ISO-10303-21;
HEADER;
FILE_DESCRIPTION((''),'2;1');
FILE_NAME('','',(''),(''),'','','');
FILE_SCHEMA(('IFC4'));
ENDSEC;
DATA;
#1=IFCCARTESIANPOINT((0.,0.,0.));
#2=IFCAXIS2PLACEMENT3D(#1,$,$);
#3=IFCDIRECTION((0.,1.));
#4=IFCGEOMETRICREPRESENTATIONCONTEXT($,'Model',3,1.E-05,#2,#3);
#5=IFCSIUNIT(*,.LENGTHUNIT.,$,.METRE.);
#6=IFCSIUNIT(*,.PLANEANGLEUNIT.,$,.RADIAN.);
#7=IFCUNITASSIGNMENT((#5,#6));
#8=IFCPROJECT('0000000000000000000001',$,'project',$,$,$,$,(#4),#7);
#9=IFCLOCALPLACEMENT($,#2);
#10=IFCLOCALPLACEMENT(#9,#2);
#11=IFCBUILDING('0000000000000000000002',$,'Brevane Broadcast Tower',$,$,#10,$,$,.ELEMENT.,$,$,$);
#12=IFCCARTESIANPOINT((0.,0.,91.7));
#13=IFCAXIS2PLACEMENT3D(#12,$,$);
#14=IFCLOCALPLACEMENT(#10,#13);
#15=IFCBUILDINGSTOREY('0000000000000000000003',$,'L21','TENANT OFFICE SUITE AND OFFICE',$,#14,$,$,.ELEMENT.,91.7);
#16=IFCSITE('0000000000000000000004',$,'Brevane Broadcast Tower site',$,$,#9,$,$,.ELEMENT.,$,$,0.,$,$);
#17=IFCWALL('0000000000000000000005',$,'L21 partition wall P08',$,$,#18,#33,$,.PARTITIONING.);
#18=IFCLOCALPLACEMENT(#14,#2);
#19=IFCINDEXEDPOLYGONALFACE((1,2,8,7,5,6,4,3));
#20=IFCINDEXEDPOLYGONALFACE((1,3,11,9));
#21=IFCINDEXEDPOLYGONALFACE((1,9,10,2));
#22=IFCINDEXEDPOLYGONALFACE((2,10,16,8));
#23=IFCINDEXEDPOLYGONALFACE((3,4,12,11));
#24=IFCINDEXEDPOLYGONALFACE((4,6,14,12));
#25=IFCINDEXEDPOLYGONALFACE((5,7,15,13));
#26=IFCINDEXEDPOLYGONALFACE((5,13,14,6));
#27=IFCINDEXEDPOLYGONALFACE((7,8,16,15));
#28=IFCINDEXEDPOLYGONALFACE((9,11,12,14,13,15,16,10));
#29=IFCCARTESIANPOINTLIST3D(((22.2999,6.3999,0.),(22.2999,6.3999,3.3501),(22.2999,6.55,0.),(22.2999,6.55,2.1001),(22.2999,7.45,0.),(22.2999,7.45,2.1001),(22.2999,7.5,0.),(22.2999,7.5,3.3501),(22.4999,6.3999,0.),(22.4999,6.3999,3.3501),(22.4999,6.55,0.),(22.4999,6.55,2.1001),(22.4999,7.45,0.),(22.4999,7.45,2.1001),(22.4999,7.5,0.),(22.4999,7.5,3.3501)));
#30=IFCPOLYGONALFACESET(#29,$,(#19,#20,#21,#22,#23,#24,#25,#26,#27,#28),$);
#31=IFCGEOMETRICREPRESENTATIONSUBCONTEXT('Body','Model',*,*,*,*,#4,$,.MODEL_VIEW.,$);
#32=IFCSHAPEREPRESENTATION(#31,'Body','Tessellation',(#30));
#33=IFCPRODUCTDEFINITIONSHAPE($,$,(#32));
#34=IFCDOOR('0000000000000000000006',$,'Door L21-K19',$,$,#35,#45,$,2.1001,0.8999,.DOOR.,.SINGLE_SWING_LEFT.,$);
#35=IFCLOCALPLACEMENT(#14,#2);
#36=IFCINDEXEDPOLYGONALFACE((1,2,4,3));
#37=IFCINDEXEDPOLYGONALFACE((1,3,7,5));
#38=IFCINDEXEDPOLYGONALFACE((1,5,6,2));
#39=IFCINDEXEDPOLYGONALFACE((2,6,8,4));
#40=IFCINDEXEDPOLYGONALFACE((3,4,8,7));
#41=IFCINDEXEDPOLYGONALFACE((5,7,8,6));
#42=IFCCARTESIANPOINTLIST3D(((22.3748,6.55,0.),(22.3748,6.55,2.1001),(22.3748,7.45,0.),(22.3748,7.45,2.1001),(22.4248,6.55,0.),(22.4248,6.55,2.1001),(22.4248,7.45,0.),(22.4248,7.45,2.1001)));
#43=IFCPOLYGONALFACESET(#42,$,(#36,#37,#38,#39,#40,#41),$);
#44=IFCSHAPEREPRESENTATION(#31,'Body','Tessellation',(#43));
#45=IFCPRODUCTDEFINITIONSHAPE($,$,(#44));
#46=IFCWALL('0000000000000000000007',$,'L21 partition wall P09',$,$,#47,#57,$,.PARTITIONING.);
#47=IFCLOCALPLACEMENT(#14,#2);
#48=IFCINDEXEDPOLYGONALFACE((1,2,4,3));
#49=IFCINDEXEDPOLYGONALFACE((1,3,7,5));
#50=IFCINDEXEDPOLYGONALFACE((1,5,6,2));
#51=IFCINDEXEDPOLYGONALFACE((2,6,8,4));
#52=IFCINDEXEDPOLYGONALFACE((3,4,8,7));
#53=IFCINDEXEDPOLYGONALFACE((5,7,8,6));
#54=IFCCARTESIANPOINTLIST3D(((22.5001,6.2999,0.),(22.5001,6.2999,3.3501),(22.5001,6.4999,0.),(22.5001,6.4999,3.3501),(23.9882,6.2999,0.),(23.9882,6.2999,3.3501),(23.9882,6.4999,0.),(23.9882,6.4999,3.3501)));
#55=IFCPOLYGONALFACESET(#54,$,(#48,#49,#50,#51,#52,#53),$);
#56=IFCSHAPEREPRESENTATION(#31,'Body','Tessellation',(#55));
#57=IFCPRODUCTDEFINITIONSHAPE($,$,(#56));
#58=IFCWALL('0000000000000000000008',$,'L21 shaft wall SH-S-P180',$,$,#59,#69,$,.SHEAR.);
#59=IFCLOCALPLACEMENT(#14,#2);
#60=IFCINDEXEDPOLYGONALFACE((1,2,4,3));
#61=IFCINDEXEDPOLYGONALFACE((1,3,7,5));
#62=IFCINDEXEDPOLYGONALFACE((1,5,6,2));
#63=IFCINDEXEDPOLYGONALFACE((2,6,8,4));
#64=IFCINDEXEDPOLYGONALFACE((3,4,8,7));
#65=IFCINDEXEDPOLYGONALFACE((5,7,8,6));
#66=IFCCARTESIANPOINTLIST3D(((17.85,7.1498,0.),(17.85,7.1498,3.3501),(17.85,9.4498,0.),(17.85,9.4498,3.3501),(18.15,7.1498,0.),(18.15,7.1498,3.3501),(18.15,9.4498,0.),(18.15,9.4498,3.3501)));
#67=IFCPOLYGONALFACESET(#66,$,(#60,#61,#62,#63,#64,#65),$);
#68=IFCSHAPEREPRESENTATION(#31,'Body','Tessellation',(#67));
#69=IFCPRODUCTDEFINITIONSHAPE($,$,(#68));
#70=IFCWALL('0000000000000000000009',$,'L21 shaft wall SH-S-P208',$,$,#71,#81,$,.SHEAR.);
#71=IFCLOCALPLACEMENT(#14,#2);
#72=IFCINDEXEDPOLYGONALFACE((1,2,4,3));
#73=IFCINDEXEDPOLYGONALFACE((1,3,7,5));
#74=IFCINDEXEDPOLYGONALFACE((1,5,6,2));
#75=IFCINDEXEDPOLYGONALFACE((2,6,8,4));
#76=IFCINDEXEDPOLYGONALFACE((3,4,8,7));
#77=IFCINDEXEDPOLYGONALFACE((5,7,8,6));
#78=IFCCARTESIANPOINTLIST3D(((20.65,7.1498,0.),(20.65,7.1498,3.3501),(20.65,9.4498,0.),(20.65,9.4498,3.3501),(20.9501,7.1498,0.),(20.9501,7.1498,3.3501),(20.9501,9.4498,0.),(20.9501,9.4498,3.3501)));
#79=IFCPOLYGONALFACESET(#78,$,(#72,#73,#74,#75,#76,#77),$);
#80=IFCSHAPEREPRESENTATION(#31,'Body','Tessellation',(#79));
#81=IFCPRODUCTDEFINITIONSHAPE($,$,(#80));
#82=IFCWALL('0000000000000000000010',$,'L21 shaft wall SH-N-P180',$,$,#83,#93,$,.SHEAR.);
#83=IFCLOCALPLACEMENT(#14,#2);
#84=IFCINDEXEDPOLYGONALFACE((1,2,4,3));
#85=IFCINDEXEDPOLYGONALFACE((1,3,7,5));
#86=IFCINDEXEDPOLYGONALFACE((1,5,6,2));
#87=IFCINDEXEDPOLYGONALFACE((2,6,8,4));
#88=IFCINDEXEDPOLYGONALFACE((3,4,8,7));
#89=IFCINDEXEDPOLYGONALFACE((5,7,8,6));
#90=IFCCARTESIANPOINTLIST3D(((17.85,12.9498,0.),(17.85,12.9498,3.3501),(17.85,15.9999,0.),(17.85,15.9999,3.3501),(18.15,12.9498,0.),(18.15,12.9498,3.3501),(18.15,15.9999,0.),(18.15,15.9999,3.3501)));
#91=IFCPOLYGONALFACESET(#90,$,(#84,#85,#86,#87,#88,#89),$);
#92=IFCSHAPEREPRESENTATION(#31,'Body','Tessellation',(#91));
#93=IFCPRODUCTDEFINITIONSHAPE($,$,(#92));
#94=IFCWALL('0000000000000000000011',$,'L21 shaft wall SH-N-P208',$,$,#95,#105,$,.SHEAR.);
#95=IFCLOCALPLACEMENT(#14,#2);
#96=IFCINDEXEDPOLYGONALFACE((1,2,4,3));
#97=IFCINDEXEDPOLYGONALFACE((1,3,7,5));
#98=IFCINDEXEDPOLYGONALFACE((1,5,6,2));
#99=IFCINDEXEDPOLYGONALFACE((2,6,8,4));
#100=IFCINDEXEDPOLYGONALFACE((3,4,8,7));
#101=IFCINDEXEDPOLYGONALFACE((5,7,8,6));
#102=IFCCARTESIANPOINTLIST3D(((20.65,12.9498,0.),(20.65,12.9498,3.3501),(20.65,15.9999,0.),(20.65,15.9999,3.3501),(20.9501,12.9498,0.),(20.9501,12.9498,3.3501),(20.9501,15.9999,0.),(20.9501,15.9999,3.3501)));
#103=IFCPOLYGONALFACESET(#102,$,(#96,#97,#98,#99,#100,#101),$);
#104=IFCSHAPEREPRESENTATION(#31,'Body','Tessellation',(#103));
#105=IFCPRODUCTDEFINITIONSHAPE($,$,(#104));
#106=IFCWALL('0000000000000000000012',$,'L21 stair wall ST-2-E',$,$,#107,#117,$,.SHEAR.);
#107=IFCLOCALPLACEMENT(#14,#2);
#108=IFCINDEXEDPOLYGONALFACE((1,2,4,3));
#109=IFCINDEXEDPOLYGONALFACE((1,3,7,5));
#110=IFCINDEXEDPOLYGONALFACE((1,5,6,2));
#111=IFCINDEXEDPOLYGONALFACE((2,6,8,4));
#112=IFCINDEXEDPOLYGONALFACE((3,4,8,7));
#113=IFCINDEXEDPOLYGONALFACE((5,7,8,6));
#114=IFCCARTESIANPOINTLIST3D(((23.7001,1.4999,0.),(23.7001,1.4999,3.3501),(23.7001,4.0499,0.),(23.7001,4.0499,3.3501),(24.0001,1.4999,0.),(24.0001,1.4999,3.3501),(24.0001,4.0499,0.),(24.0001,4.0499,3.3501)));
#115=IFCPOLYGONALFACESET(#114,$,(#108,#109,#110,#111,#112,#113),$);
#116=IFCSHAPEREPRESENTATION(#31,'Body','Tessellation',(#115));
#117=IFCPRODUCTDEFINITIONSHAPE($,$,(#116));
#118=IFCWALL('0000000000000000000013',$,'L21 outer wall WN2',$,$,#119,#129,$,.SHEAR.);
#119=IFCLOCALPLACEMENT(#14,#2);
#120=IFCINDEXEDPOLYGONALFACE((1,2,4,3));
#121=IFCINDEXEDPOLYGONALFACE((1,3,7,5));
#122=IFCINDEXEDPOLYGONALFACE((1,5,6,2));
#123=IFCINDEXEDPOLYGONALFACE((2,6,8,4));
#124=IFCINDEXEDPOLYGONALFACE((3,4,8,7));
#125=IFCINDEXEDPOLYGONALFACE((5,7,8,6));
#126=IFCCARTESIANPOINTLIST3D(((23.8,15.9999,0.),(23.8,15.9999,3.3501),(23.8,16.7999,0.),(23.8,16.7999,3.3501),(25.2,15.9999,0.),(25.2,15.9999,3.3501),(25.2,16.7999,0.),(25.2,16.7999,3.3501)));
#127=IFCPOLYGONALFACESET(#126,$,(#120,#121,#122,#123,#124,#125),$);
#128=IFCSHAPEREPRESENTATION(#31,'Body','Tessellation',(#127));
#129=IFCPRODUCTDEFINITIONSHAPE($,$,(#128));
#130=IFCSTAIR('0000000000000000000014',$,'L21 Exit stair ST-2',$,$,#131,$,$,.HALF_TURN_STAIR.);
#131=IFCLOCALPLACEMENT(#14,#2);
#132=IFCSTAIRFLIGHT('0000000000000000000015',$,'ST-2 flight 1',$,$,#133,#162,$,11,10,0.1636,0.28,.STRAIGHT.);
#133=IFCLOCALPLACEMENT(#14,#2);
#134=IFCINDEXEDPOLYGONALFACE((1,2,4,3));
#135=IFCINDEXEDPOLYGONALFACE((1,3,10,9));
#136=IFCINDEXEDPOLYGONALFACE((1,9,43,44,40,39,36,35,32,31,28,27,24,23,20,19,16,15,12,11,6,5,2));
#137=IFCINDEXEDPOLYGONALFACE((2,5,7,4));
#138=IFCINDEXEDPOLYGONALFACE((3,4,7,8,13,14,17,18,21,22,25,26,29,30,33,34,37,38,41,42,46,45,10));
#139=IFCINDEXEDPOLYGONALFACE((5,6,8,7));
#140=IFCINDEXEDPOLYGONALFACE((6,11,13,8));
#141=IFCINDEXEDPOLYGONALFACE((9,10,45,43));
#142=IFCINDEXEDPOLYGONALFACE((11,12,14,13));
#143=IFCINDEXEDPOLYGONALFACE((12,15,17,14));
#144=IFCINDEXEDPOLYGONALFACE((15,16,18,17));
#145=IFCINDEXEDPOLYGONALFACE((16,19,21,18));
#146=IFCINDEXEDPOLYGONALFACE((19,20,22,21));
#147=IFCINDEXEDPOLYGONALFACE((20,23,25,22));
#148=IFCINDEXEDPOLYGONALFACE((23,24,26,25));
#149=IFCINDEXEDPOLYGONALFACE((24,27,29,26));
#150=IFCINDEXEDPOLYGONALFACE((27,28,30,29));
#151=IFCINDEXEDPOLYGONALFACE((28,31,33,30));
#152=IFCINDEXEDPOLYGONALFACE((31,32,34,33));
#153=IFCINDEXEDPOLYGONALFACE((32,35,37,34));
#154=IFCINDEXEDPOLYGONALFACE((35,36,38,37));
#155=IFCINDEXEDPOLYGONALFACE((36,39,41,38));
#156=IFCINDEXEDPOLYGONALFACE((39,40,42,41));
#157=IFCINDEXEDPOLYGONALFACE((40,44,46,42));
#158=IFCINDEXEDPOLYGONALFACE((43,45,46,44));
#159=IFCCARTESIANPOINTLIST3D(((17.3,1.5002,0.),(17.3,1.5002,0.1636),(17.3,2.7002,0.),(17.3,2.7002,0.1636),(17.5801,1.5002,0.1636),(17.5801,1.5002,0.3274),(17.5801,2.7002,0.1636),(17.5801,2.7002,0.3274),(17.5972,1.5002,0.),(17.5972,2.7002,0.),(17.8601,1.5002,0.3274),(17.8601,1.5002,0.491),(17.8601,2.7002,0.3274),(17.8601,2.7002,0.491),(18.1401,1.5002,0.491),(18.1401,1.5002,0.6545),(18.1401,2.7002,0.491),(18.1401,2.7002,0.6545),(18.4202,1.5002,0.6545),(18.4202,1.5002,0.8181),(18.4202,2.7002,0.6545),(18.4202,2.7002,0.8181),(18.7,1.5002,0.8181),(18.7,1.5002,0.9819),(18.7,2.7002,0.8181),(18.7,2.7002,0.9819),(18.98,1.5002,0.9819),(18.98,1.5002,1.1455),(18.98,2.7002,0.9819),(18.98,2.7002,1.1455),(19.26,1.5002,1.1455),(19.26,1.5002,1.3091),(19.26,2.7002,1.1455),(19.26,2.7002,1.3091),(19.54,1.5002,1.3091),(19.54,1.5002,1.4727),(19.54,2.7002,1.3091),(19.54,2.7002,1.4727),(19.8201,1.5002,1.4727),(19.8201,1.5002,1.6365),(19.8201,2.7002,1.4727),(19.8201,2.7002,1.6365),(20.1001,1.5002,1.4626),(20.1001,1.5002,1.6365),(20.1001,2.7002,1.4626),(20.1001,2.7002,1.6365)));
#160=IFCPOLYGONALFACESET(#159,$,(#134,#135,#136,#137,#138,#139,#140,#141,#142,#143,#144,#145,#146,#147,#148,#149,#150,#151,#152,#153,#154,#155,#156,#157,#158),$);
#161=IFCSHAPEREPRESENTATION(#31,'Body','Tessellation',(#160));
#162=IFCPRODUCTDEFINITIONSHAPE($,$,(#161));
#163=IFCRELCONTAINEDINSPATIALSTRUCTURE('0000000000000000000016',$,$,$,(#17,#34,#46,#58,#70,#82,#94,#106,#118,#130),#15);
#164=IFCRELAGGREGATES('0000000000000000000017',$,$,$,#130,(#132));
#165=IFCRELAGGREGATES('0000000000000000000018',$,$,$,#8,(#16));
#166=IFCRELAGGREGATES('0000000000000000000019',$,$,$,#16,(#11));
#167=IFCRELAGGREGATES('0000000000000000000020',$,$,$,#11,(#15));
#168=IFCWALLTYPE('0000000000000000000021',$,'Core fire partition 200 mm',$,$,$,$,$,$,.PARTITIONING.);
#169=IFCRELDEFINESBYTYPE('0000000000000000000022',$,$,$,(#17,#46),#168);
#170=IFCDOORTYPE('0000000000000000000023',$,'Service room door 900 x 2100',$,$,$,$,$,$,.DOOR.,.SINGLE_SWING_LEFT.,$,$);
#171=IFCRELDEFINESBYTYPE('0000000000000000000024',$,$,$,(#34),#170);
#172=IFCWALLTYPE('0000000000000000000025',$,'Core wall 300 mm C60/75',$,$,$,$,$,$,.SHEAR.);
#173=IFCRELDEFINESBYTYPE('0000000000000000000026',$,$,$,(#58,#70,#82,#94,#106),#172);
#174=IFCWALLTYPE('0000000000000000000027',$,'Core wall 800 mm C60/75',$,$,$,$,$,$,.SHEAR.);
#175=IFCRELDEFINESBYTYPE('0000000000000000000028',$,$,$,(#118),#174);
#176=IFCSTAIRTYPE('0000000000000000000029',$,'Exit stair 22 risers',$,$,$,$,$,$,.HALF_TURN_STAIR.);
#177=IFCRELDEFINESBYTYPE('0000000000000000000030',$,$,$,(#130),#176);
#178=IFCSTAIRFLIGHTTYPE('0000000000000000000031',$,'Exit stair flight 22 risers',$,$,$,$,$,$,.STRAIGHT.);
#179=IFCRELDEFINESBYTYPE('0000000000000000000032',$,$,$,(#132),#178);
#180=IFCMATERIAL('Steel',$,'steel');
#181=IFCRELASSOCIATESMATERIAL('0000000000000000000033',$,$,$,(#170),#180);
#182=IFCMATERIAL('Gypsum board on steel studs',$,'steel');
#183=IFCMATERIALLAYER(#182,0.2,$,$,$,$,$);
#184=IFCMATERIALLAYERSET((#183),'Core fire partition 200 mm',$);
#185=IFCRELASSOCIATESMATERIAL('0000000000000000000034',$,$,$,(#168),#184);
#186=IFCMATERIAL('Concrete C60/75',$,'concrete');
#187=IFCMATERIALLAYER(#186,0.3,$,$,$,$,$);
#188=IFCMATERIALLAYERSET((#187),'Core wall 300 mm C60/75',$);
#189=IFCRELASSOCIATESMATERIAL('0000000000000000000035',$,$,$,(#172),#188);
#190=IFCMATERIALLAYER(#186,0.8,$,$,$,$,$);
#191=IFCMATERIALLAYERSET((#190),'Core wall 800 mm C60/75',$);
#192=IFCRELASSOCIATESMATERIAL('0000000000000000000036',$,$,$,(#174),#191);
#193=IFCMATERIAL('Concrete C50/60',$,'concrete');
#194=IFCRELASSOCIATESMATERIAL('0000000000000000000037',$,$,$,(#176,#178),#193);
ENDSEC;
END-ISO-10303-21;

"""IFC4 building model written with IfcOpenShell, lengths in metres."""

from ifc_helpers import new_model, si_unit, direction, frame, frame_2d, origin, place, context, subcontext, project, spatial, polyline, rectangle, outline, extrude, material, layer, layer_set, type_object, element, fill, aggregate, save


model = new_model("IFC4")

# Units and contexts
model_context = context("Model", 3, precision=1e-05, world=origin(), true_north=direction((0.0, 1.0)))
body_context = subcontext(model_context, "Body", "Model", "MODEL_VIEW")
ifc_project = project(units=[si_unit("LENGTHUNIT", "METRE"), si_unit("PLANEANGLEUNIT", "RADIAN")], contexts=[model_context])

# Site, building, storey
site_placement = place(None, origin())
site = spatial("IfcSite", under=ifc_project, at=site_placement, Name="Brevane Broadcast Tower site", CompositionType="ELEMENT", RefElevation=0.0)
building_placement = place(site_placement, origin())
building = spatial("IfcBuilding", under=site, at=building_placement, Name="Brevane Broadcast Tower", CompositionType="ELEMENT")
storey_placement = place(building_placement, frame((0.0, 0.0, 91.7)))
storey = spatial("IfcBuildingStorey", under=building, at=storey_placement, Name="L21", Description="TENANT OFFICE SUITE AND OFFICE", CompositionType="ELEMENT", Elevation=91.7)

# Shared definitions
ifc_material_1 = material(Name="Gypsum board on steel studs", Category="steel")
ifc_material_2 = material(Name="Steel", Category="steel")

# Shared definitions
door_type_1 = type_object("IfcDoorType", Name="Service room door 900 x 2100", OperationType="SINGLE_SWING_LEFT", PredefinedType="DOOR", material=ifc_material_2)

# Shared definitions
ifc_layer_1 = layer(ifc_material_1, 0.2)
ifc_layer_set_1 = layer_set([ifc_layer_1], Name="Core fire partition 200 mm")
wall_type_1 = type_object("IfcWallType", Name="Core fire partition 200 mm", PredefinedType="PARTITIONING", material=ifc_layer_set_1)

# Wall, opening, door
wall_1_placement = place(storey_placement, frame((22.3999, 7.5, 0.0), z_axis=(0.0, 0.0, 1.0), x_axis=(0.0, -1.0, 0.0)))
wall_1 = element("IfcWall", 1, at=wall_1_placement, inside=storey, type_object=wall_type_1, Name="L21 partition wall P08", PredefinedType="PARTITIONING", context=body_context, shape_type="SweptSolid", body=[
    extrude(rectangle(XDim=1.1001, YDim=0.2, at=frame_2d((0.55, 0.0))), origin(), (0.0, 0.0, 1.0), 3.3501),
])
opening_1_placement = place(wall_1_placement, frame((0.05, 0.0, 0.0)))
opening_1 = element("IfcOpeningElement", 2, at=opening_1_placement, cuts=wall_1, PredefinedType="OPENING", context=body_context, shape_type="SweptSolid", body=[
    extrude(rectangle(XDim=0.8999, YDim=2.1001, at=frame_2d((0.45, 1.05))), frame((0.0, 0.1099, 0.0), z_axis=(0.0, -1.0, 0.0), x_axis=(1.0, 0.0, 0.0)), (0.0, 0.0, 1.0), 0.22),
])
door_1_placement = place(opening_1_placement, origin())
door_1 = element("IfcDoor", 3, at=door_1_placement, inside=storey, type_object=door_type_1, Name="Door L21-K19", OperationType="SINGLE_SWING_LEFT", OverallHeight=2.1001, OverallWidth=0.8999, PredefinedType="DOOR", context=body_context, shape_type="SweptSolid", body=[
    extrude(rectangle(XDim=0.8999, YDim=2.1001, at=frame_2d((0.45, 1.05))), frame((0.0, 0.0249, 0.0), z_axis=(0.0, -1.0, 0.0), x_axis=(1.0, 0.0, 0.0)), (0.0, 0.0, 1.0), 0.05),
])
fill(opening_1, door_1)

# Walls
wall_2_placement = place(storey_placement, frame((22.5, 6.3999, 0.0), z_axis=(0.0, 0.0, 1.0), x_axis=(1.0, 0.0, 0.0)))
element("IfcWall", 4, at=wall_2_placement, inside=storey, type_object=wall_type_1, Name="L21 partition wall P09", PredefinedType="PARTITIONING", context=body_context, shape_type="SweptSolid", body=[
    extrude(rectangle(XDim=1.488, YDim=0.2, at=frame_2d((0.7441, 0.0))), origin(), (0.0, 0.0, 1.0), 3.3501),
])
ifc_material_3 = material(Name="Concrete C60/75", Category="concrete")
ifc_layer_2 = layer(ifc_material_3, 0.3)
ifc_layer_set_2 = layer_set([ifc_layer_2], Name="Core wall 300 mm C60/75")
wall_type_2 = type_object("IfcWallType", Name="Core wall 300 mm C60/75", PredefinedType="SHEAR", material=ifc_layer_set_2)
for number, where, z_axis, x_axis, name in (
    (5, (18.0, 7.1499, 0.0), (0.0, 0.0, 1.0), (0.0, 1.0, 0.0), "L21 shaft wall SH-S-P180"),
    (6, (20.8, 7.1499, 0.0), (0.0, 0.0, 1.0), (0.0, 1.0, 0.0), "L21 shaft wall SH-S-P208"),
):
    element("IfcWall", number, at=place(storey_placement, frame(where, z_axis=z_axis, x_axis=x_axis)), inside=storey, type_object=wall_type_2, Name=name, PredefinedType="SHEAR", context=body_context, shape_type="SweptSolid", body=[
        extrude(rectangle(XDim=2.3, YDim=0.3, at=frame_2d((1.1499, 0.0))), origin(), (0.0, 0.0, 1.0), 3.3501),
    ])
for number, where, z_axis, x_axis, name in (
    (7, (18.0, 12.95, 0.0), (0.0, 0.0, 1.0), (0.0, 1.0, 0.0), "L21 shaft wall SH-N-P180"),
    (8, (20.8, 12.95, 0.0), (0.0, 0.0, 1.0), (0.0, 1.0, 0.0), "L21 shaft wall SH-N-P208"),
):
    element("IfcWall", number, at=place(storey_placement, frame(where, z_axis=z_axis, x_axis=x_axis)), inside=storey, type_object=wall_type_2, Name=name, PredefinedType="SHEAR", context=body_context, shape_type="SweptSolid", body=[
        extrude(rectangle(XDim=3.05, YDim=0.3, at=frame_2d((1.5249, 0.0))), origin(), (0.0, 0.0, 1.0), 3.3501),
    ])
wall_3_placement = place(storey_placement, frame((23.8501, 1.5, 0.0), z_axis=(0.0, 0.0, 1.0), x_axis=(0.0, 1.0, 0.0)))
element("IfcWall", 9, at=wall_3_placement, inside=storey, type_object=wall_type_2, Name="L21 stair wall ST-2-E", PredefinedType="SHEAR", context=body_context, shape_type="SweptSolid", body=[
    extrude(rectangle(XDim=2.55, YDim=0.3, at=frame_2d((1.2749, 0.0))), origin(), (0.0, 0.0, 1.0), 3.3501),
])
ifc_layer_3 = layer(ifc_material_3, 0.8)
ifc_layer_set_3 = layer_set([ifc_layer_3], Name="Core wall 800 mm C60/75")
wall_type_3 = type_object("IfcWallType", Name="Core wall 800 mm C60/75", PredefinedType="SHEAR", material=ifc_layer_set_3)
wall_4_placement = place(storey_placement, frame((23.8, 16.3999, 0.0), z_axis=(0.0, 0.0, 1.0), x_axis=(1.0, 0.0, 0.0)))
element("IfcWall", 10, at=wall_4_placement, inside=storey, type_object=wall_type_3, Name="L21 outer wall WN2", PredefinedType="SHEAR", context=body_context, shape_type="SweptSolid", body=[
    extrude(rectangle(XDim=1.3999, YDim=0.8, at=frame_2d((0.7, 0.0))), origin(), (0.0, 0.0, 1.0), 3.3501),
])

# Stair, stair flight
ifc_material_4 = material(Name="Concrete C50/60", Category="concrete")
stair_type = type_object("IfcStairType", Name="Exit stair 22 risers", PredefinedType="HALF_TURN_STAIR", material=ifc_material_4)
stair_placement = place(storey_placement, origin())
stair = element("IfcStair", 11, at=stair_placement, inside=storey, type_object=stair_type, Name="L21 Exit stair ST-2", PredefinedType="HALF_TURN_STAIR")
stair_flight_type = type_object("IfcStairFlightType", Name="Exit stair flight 22 risers", PredefinedType="STRAIGHT", material=ifc_material_4)
stair_flight_1_placement = place(storey_placement, frame((17.3, 2.1001, 0.0), z_axis=(0.0, 0.0, 1.0), x_axis=(1.0, 0.0, 0.0)))
stair_flight_1 = element("IfcStairFlight", 12, at=stair_flight_1_placement, type_object=stair_flight_type, Name="ST-2 flight 1", NumberOfRisers=11, NumberOfTreads=10, PredefinedType="STRAIGHT", RiserHeight=0.1636, TreadLength=0.28, context=body_context, shape_type="SweptSolid", body=[
    extrude(outline(polyline([(0.0, 0.0), (0.0, 0.1636), (0.28, 0.1636), (0.28, 0.3274), (0.5601, 0.3274), (0.5601, 0.491), (0.8401, 0.491), (0.8401, 0.6545), (1.1201, 0.6545), (1.1201, 0.8181), (1.3999, 0.8181), (1.3999, 0.9819), (1.6799, 0.9819), (1.6799, 1.1455), (1.96, 1.1455), (1.96, 1.3091), (2.24, 1.3091), (2.24, 1.4727), (2.52, 1.4727), (2.52, 1.6365), (2.8, 1.6365), (2.8, 1.8), (2.8, 1.4626), (0.2971, 0.0), (0.0, 0.0)])), frame((0.0, 0.6001, 0.0), z_axis=(0.0, -1.0, 0.0), x_axis=(1.0, 0.0, 0.0)), (0.0, 0.0, 1.0), 1.2),
])
aggregate(stair, [stair_flight_1])

save(model, "model.ifc")
